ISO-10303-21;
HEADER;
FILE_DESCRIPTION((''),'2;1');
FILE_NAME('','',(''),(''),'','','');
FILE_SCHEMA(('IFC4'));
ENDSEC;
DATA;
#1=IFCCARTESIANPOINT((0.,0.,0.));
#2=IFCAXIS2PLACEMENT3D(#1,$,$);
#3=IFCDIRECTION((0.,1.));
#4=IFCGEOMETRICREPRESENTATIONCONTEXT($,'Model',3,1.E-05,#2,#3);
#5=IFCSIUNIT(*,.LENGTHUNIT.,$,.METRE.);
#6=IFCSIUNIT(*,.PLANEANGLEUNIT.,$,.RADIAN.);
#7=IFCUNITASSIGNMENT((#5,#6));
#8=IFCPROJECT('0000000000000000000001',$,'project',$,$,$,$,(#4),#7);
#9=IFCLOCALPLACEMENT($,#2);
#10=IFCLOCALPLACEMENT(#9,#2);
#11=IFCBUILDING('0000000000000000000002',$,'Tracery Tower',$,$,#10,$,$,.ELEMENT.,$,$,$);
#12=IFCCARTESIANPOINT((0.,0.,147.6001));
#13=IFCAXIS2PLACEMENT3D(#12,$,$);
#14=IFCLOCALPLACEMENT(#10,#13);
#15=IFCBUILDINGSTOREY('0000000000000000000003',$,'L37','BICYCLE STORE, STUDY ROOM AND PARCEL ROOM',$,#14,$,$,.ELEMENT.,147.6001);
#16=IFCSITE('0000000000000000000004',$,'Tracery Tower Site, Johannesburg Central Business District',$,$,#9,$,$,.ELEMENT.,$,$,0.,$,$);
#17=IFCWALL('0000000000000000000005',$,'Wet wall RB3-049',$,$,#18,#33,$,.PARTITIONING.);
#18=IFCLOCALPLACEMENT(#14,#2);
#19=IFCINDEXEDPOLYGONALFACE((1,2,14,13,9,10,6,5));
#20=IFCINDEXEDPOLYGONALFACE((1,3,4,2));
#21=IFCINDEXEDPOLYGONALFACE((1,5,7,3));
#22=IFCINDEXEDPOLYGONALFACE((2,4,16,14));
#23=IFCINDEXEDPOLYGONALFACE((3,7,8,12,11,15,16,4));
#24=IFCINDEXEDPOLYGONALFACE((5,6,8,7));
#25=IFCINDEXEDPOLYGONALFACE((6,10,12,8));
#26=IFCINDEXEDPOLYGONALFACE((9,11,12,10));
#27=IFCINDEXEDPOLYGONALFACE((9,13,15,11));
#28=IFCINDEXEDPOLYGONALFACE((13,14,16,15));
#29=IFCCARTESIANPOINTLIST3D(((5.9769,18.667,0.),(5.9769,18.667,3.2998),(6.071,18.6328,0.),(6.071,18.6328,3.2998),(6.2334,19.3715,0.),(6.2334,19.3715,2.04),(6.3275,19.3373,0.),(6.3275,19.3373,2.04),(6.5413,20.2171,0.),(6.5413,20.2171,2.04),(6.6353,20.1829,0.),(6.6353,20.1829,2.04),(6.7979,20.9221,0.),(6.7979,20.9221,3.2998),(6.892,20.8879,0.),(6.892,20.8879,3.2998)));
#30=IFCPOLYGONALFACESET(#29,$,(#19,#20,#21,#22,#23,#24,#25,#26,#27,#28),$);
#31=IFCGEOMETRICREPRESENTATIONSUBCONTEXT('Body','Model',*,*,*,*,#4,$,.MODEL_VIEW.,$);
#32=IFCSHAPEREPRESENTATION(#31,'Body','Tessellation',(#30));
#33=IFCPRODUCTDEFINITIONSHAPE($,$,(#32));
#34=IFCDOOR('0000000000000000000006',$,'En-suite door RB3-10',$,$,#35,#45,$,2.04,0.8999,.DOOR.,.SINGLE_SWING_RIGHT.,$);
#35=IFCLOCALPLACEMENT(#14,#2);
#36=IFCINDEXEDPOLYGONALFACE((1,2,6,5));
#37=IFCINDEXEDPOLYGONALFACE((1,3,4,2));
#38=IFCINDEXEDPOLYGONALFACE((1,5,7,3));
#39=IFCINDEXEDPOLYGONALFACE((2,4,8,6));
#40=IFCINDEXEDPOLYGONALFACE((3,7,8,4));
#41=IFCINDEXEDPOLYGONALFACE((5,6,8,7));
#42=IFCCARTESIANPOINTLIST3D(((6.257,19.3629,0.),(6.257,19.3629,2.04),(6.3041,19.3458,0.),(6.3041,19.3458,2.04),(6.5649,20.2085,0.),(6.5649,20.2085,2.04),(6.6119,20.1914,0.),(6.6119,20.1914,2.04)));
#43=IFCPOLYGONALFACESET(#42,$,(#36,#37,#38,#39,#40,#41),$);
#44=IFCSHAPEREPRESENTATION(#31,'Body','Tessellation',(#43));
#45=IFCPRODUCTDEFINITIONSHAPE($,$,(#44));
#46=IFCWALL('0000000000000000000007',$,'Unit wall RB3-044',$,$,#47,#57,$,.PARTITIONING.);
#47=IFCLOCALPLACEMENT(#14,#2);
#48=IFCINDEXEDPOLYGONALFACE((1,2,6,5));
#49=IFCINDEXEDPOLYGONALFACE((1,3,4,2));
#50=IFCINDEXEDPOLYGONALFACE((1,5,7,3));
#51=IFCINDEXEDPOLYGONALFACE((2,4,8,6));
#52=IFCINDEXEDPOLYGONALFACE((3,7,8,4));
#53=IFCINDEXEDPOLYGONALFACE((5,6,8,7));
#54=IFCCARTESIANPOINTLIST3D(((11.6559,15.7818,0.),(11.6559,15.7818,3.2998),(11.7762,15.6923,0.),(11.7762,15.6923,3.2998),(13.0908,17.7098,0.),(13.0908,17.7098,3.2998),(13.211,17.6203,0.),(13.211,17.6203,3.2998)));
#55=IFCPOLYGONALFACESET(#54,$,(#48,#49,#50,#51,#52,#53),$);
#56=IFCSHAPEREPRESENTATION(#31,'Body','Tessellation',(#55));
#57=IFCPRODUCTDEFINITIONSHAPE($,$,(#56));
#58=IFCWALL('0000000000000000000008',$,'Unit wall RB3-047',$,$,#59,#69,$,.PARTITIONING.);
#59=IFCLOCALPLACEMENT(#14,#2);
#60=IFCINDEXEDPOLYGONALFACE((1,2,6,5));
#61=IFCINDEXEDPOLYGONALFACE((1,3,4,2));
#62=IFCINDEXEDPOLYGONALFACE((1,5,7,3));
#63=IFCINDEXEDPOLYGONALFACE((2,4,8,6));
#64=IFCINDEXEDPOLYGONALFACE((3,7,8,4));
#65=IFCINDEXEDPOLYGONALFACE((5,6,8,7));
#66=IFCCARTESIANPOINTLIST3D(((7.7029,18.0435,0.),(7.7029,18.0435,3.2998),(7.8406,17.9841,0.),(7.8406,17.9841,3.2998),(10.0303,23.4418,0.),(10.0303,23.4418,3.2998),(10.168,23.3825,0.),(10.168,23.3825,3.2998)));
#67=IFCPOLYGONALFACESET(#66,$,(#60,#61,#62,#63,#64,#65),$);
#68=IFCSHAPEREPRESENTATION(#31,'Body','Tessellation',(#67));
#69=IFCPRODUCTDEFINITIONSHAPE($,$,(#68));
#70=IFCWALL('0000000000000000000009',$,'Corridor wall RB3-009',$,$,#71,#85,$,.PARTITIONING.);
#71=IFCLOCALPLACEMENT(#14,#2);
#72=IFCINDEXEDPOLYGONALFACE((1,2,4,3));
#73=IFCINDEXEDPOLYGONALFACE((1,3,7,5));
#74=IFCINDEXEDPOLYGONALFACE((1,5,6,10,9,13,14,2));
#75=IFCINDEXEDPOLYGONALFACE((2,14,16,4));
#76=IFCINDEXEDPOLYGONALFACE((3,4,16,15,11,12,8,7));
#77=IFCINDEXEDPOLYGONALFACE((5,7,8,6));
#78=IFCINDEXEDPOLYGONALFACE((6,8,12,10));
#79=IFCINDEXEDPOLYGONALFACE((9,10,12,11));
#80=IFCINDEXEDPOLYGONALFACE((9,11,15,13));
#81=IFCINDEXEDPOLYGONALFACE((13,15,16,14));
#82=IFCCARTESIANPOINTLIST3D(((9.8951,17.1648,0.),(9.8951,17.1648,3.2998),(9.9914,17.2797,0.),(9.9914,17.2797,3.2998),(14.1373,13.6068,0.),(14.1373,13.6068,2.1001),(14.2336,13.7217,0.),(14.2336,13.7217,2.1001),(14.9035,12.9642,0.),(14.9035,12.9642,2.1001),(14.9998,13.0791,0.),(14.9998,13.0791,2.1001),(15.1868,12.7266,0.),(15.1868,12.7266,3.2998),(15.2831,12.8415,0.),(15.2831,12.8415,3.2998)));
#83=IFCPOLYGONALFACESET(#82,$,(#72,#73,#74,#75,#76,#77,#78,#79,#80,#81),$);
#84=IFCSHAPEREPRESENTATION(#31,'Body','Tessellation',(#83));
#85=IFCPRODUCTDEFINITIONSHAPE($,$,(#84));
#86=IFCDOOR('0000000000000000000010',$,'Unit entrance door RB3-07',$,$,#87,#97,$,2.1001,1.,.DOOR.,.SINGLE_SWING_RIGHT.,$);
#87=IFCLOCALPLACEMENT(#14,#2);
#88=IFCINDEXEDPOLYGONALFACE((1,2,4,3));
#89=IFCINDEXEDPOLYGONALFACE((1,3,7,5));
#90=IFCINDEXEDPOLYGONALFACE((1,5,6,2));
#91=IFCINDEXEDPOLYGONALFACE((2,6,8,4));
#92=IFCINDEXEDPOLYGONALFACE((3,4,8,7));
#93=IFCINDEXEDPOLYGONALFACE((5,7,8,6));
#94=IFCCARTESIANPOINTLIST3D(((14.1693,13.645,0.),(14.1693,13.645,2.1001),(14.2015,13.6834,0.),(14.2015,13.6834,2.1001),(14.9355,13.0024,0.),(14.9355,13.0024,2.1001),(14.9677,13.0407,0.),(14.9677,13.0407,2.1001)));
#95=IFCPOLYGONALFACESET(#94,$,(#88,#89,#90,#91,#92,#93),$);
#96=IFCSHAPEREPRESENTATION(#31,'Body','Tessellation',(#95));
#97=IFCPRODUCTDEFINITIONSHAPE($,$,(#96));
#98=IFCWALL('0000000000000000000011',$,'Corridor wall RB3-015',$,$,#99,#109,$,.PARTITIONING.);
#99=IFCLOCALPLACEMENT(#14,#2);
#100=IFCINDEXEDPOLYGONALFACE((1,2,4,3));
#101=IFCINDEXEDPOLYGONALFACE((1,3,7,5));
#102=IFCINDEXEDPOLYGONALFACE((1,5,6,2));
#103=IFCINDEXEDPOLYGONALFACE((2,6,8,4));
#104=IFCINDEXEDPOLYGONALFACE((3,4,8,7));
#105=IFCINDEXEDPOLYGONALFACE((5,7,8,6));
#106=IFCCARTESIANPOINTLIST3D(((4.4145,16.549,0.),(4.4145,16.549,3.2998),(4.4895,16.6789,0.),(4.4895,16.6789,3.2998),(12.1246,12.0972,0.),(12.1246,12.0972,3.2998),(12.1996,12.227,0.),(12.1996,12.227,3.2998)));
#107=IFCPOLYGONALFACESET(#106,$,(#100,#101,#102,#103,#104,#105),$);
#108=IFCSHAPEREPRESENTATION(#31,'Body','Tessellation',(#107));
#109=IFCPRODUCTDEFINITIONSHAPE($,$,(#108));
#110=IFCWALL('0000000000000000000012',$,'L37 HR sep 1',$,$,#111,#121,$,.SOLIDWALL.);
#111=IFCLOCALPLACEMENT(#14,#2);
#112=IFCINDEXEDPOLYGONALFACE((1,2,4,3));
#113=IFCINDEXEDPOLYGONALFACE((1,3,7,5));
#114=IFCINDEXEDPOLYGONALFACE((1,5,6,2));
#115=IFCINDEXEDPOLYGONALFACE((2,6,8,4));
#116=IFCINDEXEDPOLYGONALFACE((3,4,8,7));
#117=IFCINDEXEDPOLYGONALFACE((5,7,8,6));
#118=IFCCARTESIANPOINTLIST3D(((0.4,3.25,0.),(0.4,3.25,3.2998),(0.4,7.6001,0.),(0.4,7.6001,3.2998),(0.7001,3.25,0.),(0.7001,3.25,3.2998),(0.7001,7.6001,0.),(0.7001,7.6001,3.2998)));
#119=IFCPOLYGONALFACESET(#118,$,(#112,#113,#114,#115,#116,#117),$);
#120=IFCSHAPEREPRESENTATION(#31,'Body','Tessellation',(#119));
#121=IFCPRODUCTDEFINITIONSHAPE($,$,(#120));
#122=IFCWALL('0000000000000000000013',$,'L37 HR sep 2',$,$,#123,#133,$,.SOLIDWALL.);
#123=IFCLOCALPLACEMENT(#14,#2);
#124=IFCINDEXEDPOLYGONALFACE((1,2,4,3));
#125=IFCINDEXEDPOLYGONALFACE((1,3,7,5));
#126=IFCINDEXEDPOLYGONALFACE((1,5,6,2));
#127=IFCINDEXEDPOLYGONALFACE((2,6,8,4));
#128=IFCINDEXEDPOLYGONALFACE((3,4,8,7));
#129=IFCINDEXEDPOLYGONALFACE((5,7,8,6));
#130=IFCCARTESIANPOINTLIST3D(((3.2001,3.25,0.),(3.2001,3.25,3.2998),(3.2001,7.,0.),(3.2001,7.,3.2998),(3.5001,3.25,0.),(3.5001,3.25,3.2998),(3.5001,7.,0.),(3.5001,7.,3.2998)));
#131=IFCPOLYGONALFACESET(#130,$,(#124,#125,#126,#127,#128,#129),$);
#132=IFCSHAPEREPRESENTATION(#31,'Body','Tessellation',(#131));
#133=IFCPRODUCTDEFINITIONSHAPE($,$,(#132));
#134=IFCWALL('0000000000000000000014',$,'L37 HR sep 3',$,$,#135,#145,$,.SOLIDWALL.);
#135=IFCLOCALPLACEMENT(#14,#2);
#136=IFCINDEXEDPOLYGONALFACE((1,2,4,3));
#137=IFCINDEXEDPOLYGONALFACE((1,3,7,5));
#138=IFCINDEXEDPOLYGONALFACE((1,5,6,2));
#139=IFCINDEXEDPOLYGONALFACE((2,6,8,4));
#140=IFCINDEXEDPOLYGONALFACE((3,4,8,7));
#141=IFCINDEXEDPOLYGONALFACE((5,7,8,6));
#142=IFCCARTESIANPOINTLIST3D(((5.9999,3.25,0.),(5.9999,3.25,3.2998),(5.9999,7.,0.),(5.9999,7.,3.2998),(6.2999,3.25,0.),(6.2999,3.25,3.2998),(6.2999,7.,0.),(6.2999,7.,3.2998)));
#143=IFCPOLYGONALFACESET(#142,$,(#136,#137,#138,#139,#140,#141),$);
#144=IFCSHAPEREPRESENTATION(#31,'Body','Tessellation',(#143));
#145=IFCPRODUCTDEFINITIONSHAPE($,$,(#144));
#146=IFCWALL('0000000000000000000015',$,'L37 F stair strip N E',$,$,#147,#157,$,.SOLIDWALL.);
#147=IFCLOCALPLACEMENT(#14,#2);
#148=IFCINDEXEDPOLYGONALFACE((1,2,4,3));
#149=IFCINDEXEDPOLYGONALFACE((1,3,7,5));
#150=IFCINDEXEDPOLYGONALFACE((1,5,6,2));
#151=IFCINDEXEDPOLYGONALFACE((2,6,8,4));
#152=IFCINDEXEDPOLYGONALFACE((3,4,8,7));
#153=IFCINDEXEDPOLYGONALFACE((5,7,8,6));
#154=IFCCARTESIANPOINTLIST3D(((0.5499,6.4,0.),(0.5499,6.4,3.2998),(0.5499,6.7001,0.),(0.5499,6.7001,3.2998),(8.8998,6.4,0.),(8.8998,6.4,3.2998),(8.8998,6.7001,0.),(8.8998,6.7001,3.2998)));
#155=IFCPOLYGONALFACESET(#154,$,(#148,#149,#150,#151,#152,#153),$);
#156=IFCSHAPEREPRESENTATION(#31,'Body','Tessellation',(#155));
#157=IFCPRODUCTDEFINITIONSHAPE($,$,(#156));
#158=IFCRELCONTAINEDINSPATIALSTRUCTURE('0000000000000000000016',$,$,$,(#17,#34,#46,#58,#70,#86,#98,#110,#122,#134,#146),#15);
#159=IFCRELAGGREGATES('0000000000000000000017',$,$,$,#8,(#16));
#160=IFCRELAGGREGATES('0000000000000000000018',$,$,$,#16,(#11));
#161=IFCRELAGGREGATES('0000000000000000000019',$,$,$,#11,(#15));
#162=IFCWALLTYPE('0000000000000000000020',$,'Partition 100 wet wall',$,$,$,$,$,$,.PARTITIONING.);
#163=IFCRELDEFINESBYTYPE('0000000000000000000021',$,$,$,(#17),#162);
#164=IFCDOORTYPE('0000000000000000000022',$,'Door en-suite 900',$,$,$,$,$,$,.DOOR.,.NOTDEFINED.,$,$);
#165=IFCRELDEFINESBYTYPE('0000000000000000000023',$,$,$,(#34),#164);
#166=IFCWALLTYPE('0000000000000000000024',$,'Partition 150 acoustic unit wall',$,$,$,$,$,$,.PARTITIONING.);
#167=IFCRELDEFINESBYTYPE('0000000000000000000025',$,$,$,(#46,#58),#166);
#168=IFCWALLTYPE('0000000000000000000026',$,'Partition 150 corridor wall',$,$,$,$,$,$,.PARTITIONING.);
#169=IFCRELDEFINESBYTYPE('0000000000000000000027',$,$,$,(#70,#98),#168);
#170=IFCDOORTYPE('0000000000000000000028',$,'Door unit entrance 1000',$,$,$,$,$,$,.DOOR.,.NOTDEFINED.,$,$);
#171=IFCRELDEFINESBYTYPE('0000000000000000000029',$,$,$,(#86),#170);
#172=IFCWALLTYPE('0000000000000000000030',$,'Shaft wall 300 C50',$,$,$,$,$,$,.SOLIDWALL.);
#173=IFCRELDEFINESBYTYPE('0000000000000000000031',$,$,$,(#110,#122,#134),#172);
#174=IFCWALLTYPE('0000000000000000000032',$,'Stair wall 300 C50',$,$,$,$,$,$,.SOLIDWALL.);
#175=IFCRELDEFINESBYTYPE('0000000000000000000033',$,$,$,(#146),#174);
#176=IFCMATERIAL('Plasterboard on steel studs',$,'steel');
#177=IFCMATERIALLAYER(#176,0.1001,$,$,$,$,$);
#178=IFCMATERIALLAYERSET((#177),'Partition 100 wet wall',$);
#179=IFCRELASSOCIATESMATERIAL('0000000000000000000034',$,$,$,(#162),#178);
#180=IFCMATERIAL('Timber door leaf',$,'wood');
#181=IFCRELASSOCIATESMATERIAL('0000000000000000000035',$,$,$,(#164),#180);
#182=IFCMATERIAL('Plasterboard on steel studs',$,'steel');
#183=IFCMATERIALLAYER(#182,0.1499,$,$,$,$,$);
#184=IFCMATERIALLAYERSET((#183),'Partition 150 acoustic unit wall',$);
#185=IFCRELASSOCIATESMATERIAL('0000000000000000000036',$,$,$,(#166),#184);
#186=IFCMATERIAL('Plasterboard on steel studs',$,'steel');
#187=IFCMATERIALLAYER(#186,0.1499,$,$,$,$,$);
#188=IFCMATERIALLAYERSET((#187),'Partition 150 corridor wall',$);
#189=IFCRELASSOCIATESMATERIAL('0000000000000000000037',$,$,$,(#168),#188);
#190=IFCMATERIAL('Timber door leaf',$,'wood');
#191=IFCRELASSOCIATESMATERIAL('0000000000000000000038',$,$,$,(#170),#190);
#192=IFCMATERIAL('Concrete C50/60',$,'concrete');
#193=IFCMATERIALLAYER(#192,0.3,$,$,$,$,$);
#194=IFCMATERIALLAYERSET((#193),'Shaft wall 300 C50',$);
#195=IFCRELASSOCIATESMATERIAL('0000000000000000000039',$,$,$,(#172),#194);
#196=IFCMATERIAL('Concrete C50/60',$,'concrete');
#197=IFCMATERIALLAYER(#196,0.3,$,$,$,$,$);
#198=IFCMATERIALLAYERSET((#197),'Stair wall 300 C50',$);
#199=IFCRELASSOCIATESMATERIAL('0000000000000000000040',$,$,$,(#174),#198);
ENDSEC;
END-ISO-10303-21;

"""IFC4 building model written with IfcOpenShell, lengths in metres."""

from ifc_helpers import new_model, si_unit, direction, frame, frame_2d, origin, place, context, subcontext, project, spatial, rectangle, extrude, material, layer, layer_set, type_object, element, fill, save


model = new_model("IFC4")

# Units and contexts
model_context = context("Model", 3, precision=1e-05, world=origin(), true_north=direction((0.0, 1.0)))
body_context = subcontext(model_context, "Body", "Model", "MODEL_VIEW")
ifc_project = project(units=[si_unit("LENGTHUNIT", "METRE"), si_unit("PLANEANGLEUNIT", "RADIAN")], contexts=[model_context])

# Site, building, storey
site_placement = place(None, origin())
site = spatial("IfcSite", under=ifc_project, at=site_placement, Name="Tracery Tower Site, Johannesburg Central Business District", CompositionType="ELEMENT", RefElevation=0.0)
building_placement = place(site_placement, origin())
building = spatial("IfcBuilding", under=site, at=building_placement, Name="Tracery Tower", CompositionType="ELEMENT")
storey_placement = place(building_placement, frame((0.0, 0.0, 147.6001)))
storey = spatial("IfcBuildingStorey", under=building, at=storey_placement, Name="L37", Description="BICYCLE STORE, STUDY ROOM AND PARCEL ROOM", CompositionType="ELEMENT", Elevation=147.6001)

# Wall, opening, door
ifc_material_1 = material(Name="Plasterboard on steel studs", Category="steel")
ifc_layer_1 = layer(ifc_material_1, 0.1001)
ifc_layer_set_1 = layer_set([ifc_layer_1], Name="Partition 100 wet wall")
wall_type_1 = type_object("IfcWallType", Name="Partition 100 wet wall", PredefinedType="PARTITIONING", material=ifc_layer_set_1)
ifc_material_2 = material(Name="Timber door leaf", Category="wood")
door_type_1 = type_object("IfcDoorType", Name="Door en-suite 900", OperationType="NOTDEFINED", PredefinedType="DOOR", material=ifc_material_2)
wall_1_placement = place(storey_placement, frame((6.0239, 18.6499, 0.0), z_axis=(0.0, 0.0, 1.0), x_axis=(0.342111, 0.93966, 0.0)))
wall_1 = element("IfcWall", 1, at=wall_1_placement, inside=storey, type_object=wall_type_1, Name="Wet wall RB3-049", PredefinedType="PARTITIONING", context=body_context, shape_type="SweptSolid", body=[
    extrude(rectangle(XDim=2.3999, YDim=0.1001, at=frame_2d((1.2, 0.0))), origin(), (0.0, 0.0, 1.0), 3.2998),
])
opening_1_placement = place(wall_1_placement, frame((0.7498, 0.0, 0.0)))
opening_1 = element("IfcOpeningElement", 2, at=opening_1_placement, cuts=wall_1, PredefinedType="OPENING", context=body_context, shape_type="SweptSolid", body=[
    extrude(rectangle(XDim=0.8999, YDim=2.04, at=frame_2d((0.45, 1.02))), frame((0.0, 0.05, 0.0), z_axis=(0.0, -1.0, 0.0), x_axis=(1.0, 0.0, 0.0)), (0.0, 0.0, 1.0), 0.1001),
])
door_1_placement = place(opening_1_placement, origin())
door_1 = element("IfcDoor", 3, at=door_1_placement, inside=storey, type_object=door_type_1, Name="En-suite door RB3-10", OperationType="SINGLE_SWING_RIGHT", OverallHeight=2.04, OverallWidth=0.8999, PredefinedType="DOOR", context=body_context, shape_type="SweptSolid", body=[
    extrude(rectangle(XDim=0.8999, YDim=2.04, at=frame_2d((0.45, 1.02))), frame((0.0, 0.0249, 0.0), z_axis=(0.0, -1.0, 0.0), x_axis=(1.0, 0.0, 0.0)), (0.0, 0.0, 1.0), 0.05),
])
fill(opening_1, door_1)

# Walls
ifc_material_3 = material(Name="Plasterboard on steel studs", Category="steel")
ifc_layer_2 = layer(ifc_material_3, 0.1499)
ifc_layer_set_2 = layer_set([ifc_layer_2], Name="Partition 150 acoustic unit wall")
wall_type_2 = type_object("IfcWallType", Name="Partition 150 acoustic unit wall", PredefinedType="PARTITIONING", material=ifc_layer_set_2)
wall_2_placement = place(storey_placement, frame((11.7161, 15.7371, 0.0), z_axis=(0.0, 0.0, 1.0), x_axis=(0.597021, 0.802225, 0.0)))
element("IfcWall", 4, at=wall_2_placement, inside=storey, type_object=wall_type_2, Name="Unit wall RB3-044", PredefinedType="PARTITIONING", context=body_context, shape_type="SweptSolid", body=[
    extrude(rectangle(XDim=2.4033, YDim=0.1499, at=frame_2d((1.2017, 0.0))), origin(), (0.0, 0.0, 1.0), 3.2998),
])
wall_3_placement = place(storey_placement, frame((7.7717, 18.0137, 0.0), z_axis=(0.0, 0.0, 1.0), x_axis=(0.395898, 0.918294, 0.0)))
element("IfcWall", 5, at=wall_3_placement, inside=storey, type_object=wall_type_2, Name="Unit wall RB3-047", PredefinedType="PARTITIONING", context=body_context, shape_type="SweptSolid", body=[
    extrude(rectangle(XDim=5.8787, YDim=0.1499, at=frame_2d((2.9395, 0.0))), origin(), (0.0, 0.0, 1.0), 3.2998),
])

# Wall, opening, door
ifc_material_4 = material(Name="Plasterboard on steel studs", Category="steel")
ifc_layer_3 = layer(ifc_material_4, 0.1499)
ifc_layer_set_3 = layer_set([ifc_layer_3], Name="Partition 150 corridor wall")
wall_type_3 = type_object("IfcWallType", Name="Partition 150 corridor wall", PredefinedType="PARTITIONING", material=ifc_layer_set_3)
wall_4_placement = place(storey_placement, frame((9.9434, 17.2222, 0.0), z_axis=(0.0, 0.0, 1.0), x_axis=(0.766192, -0.642612, 0.0)))
wall_4 = element("IfcWall", 6, at=wall_4_placement, inside=storey, type_object=wall_type_3, Name="Corridor wall RB3-009", PredefinedType="PARTITIONING", context=body_context, shape_type="SweptSolid", body=[
    extrude(rectangle(XDim=6.9065, YDim=0.1499, at=frame_2d((3.4531, 0.0))), origin(), (0.0, 0.0, 1.0), 3.2998),
])
opening_2_placement = place(wall_4_placement, frame((5.5366, 0.0, 0.0)))
opening_2 = element("IfcOpeningElement", 7, at=opening_2_placement, cuts=wall_4, PredefinedType="OPENING", context=body_context, shape_type="SweptSolid", body=[
    extrude(rectangle(XDim=1.0, YDim=2.1001, at=frame_2d((0.5, 1.05))), frame((0.0, 0.075, 0.0), z_axis=(0.0, -1.0, 0.0), x_axis=(1.0, 0.0, 0.0)), (0.0, 0.0, 1.0), 0.1499),
])
ifc_material_5 = material(Name="Timber door leaf", Category="wood")
door_type_2 = type_object("IfcDoorType", Name="Door unit entrance 1000", OperationType="NOTDEFINED", PredefinedType="DOOR", material=ifc_material_5)
door_2_placement = place(opening_2_placement, origin())
door_2 = element("IfcDoor", 8, at=door_2_placement, inside=storey, type_object=door_type_2, Name="Unit entrance door RB3-07", OperationType="SINGLE_SWING_RIGHT", OverallHeight=2.1001, OverallWidth=1.0, PredefinedType="DOOR", context=body_context, shape_type="SweptSolid", body=[
    extrude(rectangle(XDim=1.0, YDim=2.1001, at=frame_2d((0.5, 1.05))), frame((0.0, 0.0249, 0.0), z_axis=(0.0, -1.0, 0.0), x_axis=(1.0, 0.0, 0.0)), (0.0, 0.0, 1.0), 0.05),
])
fill(opening_2, door_2)

# Walls
wall_5_placement = place(storey_placement, frame((4.4519, 16.614, 0.0), z_axis=(0.0, 0.0, 1.0), x_axis=(0.866005, -0.500035, 0.0)))
element("IfcWall", 9, at=wall_5_placement, inside=storey, type_object=wall_type_3, Name="Corridor wall RB3-015", PredefinedType="PARTITIONING", context=body_context, shape_type="SweptSolid", body=[
    extrude(rectangle(XDim=8.9031, YDim=0.1499, at=frame_2d((4.4517, 0.0))), origin(), (0.0, 0.0, 1.0), 3.2998),
])
ifc_material_6 = material(Name="Concrete C50/60", Category="concrete")
ifc_layer_4 = layer(ifc_material_6, 0.3)
ifc_layer_set_4 = layer_set([ifc_layer_4], Name="Shaft wall 300 C50")
wall_type_4 = type_object("IfcWallType", Name="Shaft wall 300 C50", PredefinedType="SOLIDWALL", material=ifc_layer_set_4)
wall_6_placement = place(storey_placement, frame((0.55, 3.25, 0.0), z_axis=(0.0, 0.0, 1.0), x_axis=(0.0, 1.0, 0.0)))
element("IfcWall", 10, at=wall_6_placement, inside=storey, type_object=wall_type_4, Name="L37 HR sep 1", PredefinedType="SOLIDWALL", context=body_context, shape_type="SweptSolid", body=[
    extrude(rectangle(XDim=4.3501, YDim=0.3, at=frame_2d((2.175, 0.0))), origin(), (0.0, 0.0, 1.0), 3.2998),
])
for number, where, z_axis, x_axis, name in (
    (11, (3.3501, 3.25, 0.0), (0.0, 0.0, 1.0), (0.0, 1.0, 0.0), "L37 HR sep 2"),
    (12, (6.1499, 3.25, 0.0), (0.0, 0.0, 1.0), (0.0, 1.0, 0.0), "L37 HR sep 3"),
):
    element("IfcWall", number, at=place(storey_placement, frame(where, z_axis=z_axis, x_axis=x_axis)), inside=storey, type_object=wall_type_4, Name=name, PredefinedType="SOLIDWALL", context=body_context, shape_type="SweptSolid", body=[
        extrude(rectangle(XDim=3.75, YDim=0.3, at=frame_2d((1.875, 0.0))), origin(), (0.0, 0.0, 1.0), 3.2998),
    ])

# Wall
ifc_material_7 = material(Name="Concrete C50/60", Category="concrete")
ifc_layer_5 = layer(ifc_material_7, 0.3)
ifc_layer_set_5 = layer_set([ifc_layer_5], Name="Stair wall 300 C50")
wall_type_5 = type_object("IfcWallType", Name="Stair wall 300 C50", PredefinedType="SOLIDWALL", material=ifc_layer_set_5)
wall_7_placement = place(storey_placement, frame((0.55, 6.55, 0.0), z_axis=(0.0, 0.0, 1.0), x_axis=(1.0, 0.0, 0.0)))
element("IfcWall", 13, at=wall_7_placement, inside=storey, type_object=wall_type_5, Name="L37 F stair strip N E", PredefinedType="SOLIDWALL", context=body_context, shape_type="SweptSolid", body=[
    extrude(rectangle(XDim=8.3499, YDim=0.3, at=frame_2d((4.1748, 0.0))), origin(), (0.0, 0.0, 1.0), 3.2998),
])

save(model, "model.ifc")
